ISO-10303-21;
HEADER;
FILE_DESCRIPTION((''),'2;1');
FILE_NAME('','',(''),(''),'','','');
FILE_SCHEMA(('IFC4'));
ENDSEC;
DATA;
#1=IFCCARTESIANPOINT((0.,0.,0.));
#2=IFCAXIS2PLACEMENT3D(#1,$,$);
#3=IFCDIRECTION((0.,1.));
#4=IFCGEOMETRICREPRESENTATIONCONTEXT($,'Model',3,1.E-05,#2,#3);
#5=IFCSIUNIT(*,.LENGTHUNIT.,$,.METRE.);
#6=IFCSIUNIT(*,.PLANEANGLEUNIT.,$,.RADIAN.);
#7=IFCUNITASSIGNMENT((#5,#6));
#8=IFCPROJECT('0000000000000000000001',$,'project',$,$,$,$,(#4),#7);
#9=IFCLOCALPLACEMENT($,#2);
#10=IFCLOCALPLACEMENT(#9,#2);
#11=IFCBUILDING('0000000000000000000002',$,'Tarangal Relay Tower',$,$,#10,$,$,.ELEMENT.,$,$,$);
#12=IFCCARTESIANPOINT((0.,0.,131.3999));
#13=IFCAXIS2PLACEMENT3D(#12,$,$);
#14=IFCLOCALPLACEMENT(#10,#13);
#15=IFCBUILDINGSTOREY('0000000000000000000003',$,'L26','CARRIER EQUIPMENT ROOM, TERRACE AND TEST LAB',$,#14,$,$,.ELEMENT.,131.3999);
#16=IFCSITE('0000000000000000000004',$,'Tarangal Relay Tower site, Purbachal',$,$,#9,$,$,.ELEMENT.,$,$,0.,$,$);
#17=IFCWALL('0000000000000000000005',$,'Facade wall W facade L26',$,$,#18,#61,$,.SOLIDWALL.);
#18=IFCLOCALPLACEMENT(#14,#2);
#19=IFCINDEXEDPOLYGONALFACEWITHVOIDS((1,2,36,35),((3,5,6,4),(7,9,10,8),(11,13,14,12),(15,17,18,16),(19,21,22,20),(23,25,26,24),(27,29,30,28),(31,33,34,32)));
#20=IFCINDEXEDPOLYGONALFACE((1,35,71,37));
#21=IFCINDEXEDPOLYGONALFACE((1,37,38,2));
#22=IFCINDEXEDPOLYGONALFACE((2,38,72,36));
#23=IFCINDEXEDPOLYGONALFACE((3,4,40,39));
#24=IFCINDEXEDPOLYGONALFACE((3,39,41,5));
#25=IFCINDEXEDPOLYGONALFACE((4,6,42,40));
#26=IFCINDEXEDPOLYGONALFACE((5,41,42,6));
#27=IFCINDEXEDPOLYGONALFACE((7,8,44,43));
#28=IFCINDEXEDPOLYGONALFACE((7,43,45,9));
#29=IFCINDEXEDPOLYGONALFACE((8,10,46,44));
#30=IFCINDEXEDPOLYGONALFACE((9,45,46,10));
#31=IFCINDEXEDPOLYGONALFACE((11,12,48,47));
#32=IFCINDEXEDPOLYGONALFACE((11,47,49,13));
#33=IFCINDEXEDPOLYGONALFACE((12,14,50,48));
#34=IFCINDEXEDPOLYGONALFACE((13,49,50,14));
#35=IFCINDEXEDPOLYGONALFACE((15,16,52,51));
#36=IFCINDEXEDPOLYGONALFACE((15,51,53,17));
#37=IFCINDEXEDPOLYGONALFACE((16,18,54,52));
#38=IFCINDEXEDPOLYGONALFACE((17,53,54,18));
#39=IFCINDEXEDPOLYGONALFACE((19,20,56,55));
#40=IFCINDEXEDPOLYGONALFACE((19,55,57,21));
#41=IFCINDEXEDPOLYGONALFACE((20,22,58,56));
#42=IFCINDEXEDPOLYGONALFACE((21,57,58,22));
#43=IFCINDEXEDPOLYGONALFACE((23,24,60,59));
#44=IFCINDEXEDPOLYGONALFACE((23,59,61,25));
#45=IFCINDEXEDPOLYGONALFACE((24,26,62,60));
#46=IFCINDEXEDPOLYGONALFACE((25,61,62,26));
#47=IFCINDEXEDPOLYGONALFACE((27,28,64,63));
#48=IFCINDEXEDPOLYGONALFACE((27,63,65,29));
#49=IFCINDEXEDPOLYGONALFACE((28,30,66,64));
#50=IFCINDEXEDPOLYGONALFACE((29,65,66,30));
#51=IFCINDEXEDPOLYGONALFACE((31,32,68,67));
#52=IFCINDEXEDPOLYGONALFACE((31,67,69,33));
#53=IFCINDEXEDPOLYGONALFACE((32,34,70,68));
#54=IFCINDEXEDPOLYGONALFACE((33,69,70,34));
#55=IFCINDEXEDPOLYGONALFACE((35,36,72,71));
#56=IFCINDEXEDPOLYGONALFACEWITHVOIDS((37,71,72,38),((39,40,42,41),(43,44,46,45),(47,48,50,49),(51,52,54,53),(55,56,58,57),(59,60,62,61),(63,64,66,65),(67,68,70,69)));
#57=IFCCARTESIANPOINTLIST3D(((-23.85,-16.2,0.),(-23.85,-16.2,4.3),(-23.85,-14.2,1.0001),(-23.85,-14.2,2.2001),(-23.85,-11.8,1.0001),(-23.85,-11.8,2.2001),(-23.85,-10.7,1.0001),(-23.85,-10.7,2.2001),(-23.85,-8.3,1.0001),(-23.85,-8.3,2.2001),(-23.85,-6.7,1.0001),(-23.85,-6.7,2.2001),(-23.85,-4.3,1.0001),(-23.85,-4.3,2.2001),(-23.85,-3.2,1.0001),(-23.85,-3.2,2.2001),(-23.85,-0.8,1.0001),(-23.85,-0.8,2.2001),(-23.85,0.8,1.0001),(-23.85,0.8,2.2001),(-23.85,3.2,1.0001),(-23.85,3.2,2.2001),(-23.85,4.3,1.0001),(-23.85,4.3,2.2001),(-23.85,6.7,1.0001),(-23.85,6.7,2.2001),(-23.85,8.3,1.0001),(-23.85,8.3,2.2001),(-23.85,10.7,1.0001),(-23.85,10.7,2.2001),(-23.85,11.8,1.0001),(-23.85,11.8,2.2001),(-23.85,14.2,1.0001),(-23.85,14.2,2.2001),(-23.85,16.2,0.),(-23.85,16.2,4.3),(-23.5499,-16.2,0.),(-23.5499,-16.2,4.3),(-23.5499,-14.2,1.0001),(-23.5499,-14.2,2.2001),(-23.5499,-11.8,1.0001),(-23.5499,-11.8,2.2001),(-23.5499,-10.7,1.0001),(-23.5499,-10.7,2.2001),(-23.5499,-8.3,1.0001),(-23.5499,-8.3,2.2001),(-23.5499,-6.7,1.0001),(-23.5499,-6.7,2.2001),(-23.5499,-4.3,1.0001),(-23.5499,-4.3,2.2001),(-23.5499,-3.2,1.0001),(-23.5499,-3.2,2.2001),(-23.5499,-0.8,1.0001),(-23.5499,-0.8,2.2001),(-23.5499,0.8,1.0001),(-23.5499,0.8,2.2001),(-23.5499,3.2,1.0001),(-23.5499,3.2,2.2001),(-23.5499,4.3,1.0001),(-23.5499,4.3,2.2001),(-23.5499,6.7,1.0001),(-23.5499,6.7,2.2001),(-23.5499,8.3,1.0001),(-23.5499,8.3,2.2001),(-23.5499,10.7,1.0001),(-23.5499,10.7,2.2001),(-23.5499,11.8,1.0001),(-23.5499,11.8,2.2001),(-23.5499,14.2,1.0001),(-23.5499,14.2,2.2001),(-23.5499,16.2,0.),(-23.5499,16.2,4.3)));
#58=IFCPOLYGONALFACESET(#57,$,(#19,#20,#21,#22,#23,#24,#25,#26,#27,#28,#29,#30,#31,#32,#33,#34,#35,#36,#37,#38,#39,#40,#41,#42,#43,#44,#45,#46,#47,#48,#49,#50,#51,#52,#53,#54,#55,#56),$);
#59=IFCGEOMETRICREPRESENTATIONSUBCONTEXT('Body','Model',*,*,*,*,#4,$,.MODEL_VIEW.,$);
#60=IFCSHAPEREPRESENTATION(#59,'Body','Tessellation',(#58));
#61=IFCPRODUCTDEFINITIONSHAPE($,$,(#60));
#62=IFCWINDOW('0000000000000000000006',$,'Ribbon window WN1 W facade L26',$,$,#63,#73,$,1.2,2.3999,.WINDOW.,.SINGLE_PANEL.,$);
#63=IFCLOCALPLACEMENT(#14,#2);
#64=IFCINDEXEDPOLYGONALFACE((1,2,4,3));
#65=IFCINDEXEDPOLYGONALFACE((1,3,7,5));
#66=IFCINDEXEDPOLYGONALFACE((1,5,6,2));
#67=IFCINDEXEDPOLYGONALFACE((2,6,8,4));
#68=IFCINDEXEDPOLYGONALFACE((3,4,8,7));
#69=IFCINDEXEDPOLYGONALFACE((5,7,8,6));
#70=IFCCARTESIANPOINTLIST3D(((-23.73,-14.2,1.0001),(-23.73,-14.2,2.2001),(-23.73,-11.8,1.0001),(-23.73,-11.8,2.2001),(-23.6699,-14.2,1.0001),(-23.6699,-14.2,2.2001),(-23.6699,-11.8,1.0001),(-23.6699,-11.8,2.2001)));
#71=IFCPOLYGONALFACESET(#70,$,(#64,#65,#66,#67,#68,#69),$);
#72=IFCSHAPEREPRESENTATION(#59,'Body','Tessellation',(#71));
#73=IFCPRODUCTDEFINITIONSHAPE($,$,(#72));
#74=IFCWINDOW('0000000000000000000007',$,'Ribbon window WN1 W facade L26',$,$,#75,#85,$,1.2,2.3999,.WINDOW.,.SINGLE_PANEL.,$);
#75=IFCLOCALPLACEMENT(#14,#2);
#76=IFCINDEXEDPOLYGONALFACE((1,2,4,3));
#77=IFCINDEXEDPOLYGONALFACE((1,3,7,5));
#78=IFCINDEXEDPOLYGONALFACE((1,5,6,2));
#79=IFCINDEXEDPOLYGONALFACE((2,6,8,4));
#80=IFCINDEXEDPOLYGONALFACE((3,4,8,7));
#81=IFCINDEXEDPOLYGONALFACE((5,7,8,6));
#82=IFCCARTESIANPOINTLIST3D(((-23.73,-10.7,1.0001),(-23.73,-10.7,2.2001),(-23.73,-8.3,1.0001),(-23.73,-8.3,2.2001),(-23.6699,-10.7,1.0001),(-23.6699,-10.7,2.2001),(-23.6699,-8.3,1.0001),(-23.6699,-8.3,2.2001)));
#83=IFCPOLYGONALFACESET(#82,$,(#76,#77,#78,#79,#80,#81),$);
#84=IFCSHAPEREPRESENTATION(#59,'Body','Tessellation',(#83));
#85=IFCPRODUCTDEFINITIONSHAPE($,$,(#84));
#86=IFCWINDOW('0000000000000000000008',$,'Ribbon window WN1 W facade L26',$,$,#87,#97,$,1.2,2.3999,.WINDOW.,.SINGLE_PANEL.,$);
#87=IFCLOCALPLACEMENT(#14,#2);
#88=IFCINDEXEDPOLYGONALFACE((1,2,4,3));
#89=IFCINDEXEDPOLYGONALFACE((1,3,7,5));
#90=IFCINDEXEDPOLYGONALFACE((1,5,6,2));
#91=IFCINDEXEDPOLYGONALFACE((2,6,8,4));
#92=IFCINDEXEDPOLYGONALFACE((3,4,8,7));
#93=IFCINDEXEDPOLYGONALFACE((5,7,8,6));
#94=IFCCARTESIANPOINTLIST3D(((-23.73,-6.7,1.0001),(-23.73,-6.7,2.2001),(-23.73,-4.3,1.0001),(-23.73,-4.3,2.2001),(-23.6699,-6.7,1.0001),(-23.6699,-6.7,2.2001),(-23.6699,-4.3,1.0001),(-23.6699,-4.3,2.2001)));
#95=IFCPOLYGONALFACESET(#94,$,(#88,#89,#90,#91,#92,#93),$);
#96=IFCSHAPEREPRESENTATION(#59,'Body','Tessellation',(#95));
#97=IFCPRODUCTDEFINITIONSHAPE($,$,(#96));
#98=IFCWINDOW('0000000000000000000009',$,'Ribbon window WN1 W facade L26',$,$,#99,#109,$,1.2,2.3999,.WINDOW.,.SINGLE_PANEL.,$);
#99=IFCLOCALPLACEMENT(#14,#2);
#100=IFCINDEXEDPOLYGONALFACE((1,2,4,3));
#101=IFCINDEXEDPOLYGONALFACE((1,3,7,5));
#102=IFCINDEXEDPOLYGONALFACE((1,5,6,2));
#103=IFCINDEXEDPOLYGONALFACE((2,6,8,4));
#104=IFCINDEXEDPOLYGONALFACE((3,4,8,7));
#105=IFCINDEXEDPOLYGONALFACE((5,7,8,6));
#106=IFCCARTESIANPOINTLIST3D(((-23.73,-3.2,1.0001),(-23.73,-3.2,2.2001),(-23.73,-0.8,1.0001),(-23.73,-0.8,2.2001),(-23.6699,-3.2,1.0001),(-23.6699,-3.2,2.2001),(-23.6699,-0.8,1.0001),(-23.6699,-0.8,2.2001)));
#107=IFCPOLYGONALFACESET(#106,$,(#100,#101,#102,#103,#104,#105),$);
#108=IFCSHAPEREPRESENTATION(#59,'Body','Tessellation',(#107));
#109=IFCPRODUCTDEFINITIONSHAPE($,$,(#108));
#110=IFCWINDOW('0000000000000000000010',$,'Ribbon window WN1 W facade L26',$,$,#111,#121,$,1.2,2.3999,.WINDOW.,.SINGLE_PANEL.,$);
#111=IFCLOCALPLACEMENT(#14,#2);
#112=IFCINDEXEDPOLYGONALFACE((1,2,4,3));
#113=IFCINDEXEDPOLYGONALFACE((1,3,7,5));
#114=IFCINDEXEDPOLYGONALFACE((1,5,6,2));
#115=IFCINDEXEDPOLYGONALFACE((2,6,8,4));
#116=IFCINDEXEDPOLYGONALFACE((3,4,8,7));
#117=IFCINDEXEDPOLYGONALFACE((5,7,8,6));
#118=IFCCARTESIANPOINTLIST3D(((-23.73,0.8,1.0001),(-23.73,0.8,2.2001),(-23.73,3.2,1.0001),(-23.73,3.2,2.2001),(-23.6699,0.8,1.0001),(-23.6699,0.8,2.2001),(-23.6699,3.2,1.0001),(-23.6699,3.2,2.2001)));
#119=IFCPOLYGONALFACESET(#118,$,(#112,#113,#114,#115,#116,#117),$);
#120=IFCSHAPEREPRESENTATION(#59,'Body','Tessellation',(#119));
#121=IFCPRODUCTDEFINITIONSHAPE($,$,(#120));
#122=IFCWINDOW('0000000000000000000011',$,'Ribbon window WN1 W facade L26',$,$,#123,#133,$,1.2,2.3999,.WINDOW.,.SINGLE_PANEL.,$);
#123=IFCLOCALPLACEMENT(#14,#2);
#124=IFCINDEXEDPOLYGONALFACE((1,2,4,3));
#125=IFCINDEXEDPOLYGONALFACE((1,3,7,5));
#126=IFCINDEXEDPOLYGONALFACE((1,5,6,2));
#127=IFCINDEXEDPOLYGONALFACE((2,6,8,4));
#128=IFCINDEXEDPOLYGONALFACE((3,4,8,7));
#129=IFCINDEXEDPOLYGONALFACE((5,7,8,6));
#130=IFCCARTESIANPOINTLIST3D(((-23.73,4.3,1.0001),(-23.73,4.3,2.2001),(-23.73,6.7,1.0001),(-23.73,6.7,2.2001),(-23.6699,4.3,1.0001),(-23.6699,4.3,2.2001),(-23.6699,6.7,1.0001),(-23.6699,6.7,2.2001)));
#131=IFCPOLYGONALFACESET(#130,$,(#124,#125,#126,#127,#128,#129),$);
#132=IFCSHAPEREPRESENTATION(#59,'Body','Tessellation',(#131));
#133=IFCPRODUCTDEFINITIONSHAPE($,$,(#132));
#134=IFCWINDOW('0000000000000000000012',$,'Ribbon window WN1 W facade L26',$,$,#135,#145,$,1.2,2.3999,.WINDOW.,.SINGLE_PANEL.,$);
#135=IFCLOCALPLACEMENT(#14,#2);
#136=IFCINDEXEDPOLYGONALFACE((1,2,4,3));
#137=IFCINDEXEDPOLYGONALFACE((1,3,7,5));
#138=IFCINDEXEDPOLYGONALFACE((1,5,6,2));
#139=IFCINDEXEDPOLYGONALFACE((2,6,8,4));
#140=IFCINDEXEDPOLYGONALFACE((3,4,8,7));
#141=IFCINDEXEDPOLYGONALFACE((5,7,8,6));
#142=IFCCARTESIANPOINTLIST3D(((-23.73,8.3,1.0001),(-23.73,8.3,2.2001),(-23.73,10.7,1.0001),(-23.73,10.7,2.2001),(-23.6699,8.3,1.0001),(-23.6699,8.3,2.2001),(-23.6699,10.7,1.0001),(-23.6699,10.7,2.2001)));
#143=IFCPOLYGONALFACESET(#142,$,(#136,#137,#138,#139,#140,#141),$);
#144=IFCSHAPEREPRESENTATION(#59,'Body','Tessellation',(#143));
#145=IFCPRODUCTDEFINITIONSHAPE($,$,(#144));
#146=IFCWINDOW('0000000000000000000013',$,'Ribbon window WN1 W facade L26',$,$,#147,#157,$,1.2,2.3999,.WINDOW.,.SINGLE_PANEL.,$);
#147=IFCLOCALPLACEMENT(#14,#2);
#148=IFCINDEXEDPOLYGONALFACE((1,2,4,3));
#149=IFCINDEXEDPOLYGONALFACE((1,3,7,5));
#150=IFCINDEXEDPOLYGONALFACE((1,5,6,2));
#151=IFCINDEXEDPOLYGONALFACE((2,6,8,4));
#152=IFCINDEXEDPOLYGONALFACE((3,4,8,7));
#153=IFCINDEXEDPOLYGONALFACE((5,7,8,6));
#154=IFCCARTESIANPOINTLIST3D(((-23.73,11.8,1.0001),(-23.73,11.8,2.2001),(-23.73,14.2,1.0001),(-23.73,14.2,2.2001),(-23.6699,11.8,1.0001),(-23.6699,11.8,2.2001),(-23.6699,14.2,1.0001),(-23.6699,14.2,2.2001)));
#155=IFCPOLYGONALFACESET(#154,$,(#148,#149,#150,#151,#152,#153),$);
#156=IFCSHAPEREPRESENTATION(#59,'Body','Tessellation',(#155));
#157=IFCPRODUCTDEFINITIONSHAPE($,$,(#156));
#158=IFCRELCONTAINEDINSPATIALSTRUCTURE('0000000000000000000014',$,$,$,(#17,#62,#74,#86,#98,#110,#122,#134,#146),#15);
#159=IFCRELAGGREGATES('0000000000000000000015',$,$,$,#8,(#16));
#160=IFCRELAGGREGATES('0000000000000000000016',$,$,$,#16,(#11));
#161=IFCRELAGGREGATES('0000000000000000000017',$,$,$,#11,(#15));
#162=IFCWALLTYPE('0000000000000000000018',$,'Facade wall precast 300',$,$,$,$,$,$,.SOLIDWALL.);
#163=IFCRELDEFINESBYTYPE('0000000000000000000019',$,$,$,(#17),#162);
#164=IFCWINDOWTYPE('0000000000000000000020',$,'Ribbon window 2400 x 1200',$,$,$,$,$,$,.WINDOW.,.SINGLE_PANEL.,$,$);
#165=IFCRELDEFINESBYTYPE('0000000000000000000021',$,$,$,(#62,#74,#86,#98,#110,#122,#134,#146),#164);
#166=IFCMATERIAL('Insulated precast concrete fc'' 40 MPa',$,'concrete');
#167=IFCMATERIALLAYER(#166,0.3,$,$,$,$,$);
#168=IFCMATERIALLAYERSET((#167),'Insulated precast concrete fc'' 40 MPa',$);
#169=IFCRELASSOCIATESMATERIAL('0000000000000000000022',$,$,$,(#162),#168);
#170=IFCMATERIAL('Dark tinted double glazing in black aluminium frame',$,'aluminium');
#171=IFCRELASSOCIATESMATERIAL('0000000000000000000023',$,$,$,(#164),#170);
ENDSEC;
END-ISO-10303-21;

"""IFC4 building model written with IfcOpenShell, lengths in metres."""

from ifc_helpers import new_model, si_unit, direction, frame, frame_2d, origin, place, context, subcontext, project, spatial, rectangle, extrude, material, layer, layer_set, type_object, element, fill, save


model = new_model("IFC4")

# Units and contexts
model_context = context("Model", 3, precision=1e-05, world=origin(), true_north=direction((0.0, 1.0)))
body_context = subcontext(model_context, "Body", "Model", "MODEL_VIEW")
ifc_project = project(units=[si_unit("LENGTHUNIT", "METRE"), si_unit("PLANEANGLEUNIT", "RADIAN")], contexts=[model_context])

# Site, building, storey
site_placement = place(None, origin())
site = spatial("IfcSite", under=ifc_project, at=site_placement, Name="Tarangal Relay Tower site, Purbachal", CompositionType="ELEMENT", RefElevation=0.0)
building_placement = place(site_placement, origin())
building = spatial("IfcBuilding", under=site, at=building_placement, Name="Tarangal Relay Tower", CompositionType="ELEMENT")
storey_placement = place(building_placement, frame((0.0, 0.0, 131.3999)))
storey = spatial("IfcBuildingStorey", under=building, at=storey_placement, Name="L26", Description="CARRIER EQUIPMENT ROOM, TERRACE AND TEST LAB", CompositionType="ELEMENT", Elevation=131.3999)

# Shared definitions
ifc_material_1 = material(Name="Insulated precast concrete fc' 40 MPa", Category="concrete")
ifc_layer = layer(ifc_material_1, 0.3)
ifc_layer_set = layer_set([ifc_layer], Name="Insulated precast concrete fc' 40 MPa")
wall_type = type_object("IfcWallType", Name="Facade wall precast 300", PredefinedType="SOLIDWALL", material=ifc_layer_set)

# Wall, openings, windows
wall_placement = place(storey_placement, frame((-23.7, -16.2, 0.0), z_axis=(0.0, 0.0, 1.0), x_axis=(0.0, 1.0, 0.0)))
wall = element("IfcWall", 1, at=wall_placement, inside=storey, type_object=wall_type, Name="Facade wall W facade L26", PredefinedType="SOLIDWALL", context=body_context, shape_type="SweptSolid", body=[
    extrude(rectangle(XDim=32.3999, YDim=0.3, at=frame_2d((16.2, 0.0))), origin(), (0.0, 0.0, 1.0), 4.3),
])
opening_1_placement = place(wall_placement, frame((2.0, 0.0, 1.0)))
opening_1 = element("IfcOpeningElement", 2, at=opening_1_placement, cuts=wall, PredefinedType="OPENING", context=body_context, shape_type="SweptSolid", body=[
    extrude(rectangle(XDim=2.3999, YDim=1.2, at=frame_2d((1.2, 0.6001))), frame((0.0, 0.1599, 0.0), z_axis=(0.0, -1.0, 0.0), x_axis=(1.0, 0.0, 0.0)), (0.0, 0.0, 1.0), 0.3201),
])
opening_2_placement = place(wall_placement, frame((5.5, 0.0, 1.0)))
opening_2 = element("IfcOpeningElement", 3, at=opening_2_placement, cuts=wall, PredefinedType="OPENING", context=body_context, shape_type="SweptSolid", body=[
    extrude(rectangle(XDim=2.3999, YDim=1.2, at=frame_2d((1.2, 0.6001))), frame((0.0, 0.1599, 0.0), z_axis=(0.0, -1.0, 0.0), x_axis=(1.0, 0.0, 0.0)), (0.0, 0.0, 1.0), 0.3201),
])
opening_3_placement = place(wall_placement, frame((9.5, 0.0, 1.0)))
opening_3 = element("IfcOpeningElement", 4, at=opening_3_placement, cuts=wall, PredefinedType="OPENING", context=body_context, shape_type="SweptSolid", body=[
    extrude(rectangle(XDim=2.3999, YDim=1.2, at=frame_2d((1.2, 0.6001))), frame((0.0, 0.1599, 0.0), z_axis=(0.0, -1.0, 0.0), x_axis=(1.0, 0.0, 0.0)), (0.0, 0.0, 1.0), 0.3201),
])
opening_4_placement = place(wall_placement, frame((13.0, 0.0, 1.0)))
opening_4 = element("IfcOpeningElement", 5, at=opening_4_placement, cuts=wall, PredefinedType="OPENING", context=body_context, shape_type="SweptSolid", body=[
    extrude(rectangle(XDim=2.3999, YDim=1.2, at=frame_2d((1.2, 0.6001))), frame((0.0, 0.1599, 0.0), z_axis=(0.0, -1.0, 0.0), x_axis=(1.0, 0.0, 0.0)), (0.0, 0.0, 1.0), 0.3201),
])
opening_5_placement = place(wall_placement, frame((17.0, 0.0, 1.0)))
opening_5 = element("IfcOpeningElement", 6, at=opening_5_placement, cuts=wall, PredefinedType="OPENING", context=body_context, shape_type="SweptSolid", body=[
    extrude(rectangle(XDim=2.3999, YDim=1.2, at=frame_2d((1.2, 0.6001))), frame((0.0, 0.1599, 0.0), z_axis=(0.0, -1.0, 0.0), x_axis=(1.0, 0.0, 0.0)), (0.0, 0.0, 1.0), 0.3201),
])
opening_6_placement = place(wall_placement, frame((20.5, 0.0, 1.0)))
opening_6 = element("IfcOpeningElement", 7, at=opening_6_placement, cuts=wall, PredefinedType="OPENING", context=body_context, shape_type="SweptSolid", body=[
    extrude(rectangle(XDim=2.3999, YDim=1.2, at=frame_2d((1.2, 0.6001))), frame((0.0, 0.1599, 0.0), z_axis=(0.0, -1.0, 0.0), x_axis=(1.0, 0.0, 0.0)), (0.0, 0.0, 1.0), 0.3201),
])
opening_7_placement = place(wall_placement, frame((24.5, 0.0, 1.0)))
opening_7 = element("IfcOpeningElement", 8, at=opening_7_placement, cuts=wall, PredefinedType="OPENING", context=body_context, shape_type="SweptSolid", body=[
    extrude(rectangle(XDim=2.3999, YDim=1.2, at=frame_2d((1.2, 0.6001))), frame((0.0, 0.1599, 0.0), z_axis=(0.0, -1.0, 0.0), x_axis=(1.0, 0.0, 0.0)), (0.0, 0.0, 1.0), 0.3201),
])
opening_8_placement = place(wall_placement, frame((28.0, 0.0, 1.0)))
opening_8 = element("IfcOpeningElement", 9, at=opening_8_placement, cuts=wall, PredefinedType="OPENING", context=body_context, shape_type="SweptSolid", body=[
    extrude(rectangle(XDim=2.3999, YDim=1.2, at=frame_2d((1.2, 0.6001))), frame((0.0, 0.1599, 0.0), z_axis=(0.0, -1.0, 0.0), x_axis=(1.0, 0.0, 0.0)), (0.0, 0.0, 1.0), 0.3201),
])
ifc_material_2 = material(Name="Dark tinted double glazing in black aluminium frame", Category="aluminium")
window_type = type_object("IfcWindowType", Name="Ribbon window 2400 x 1200", PartitioningType="SINGLE_PANEL", PredefinedType="WINDOW", material=ifc_material_2)
window_1_placement = place(opening_1_placement, origin())
window_1 = element("IfcWindow", 10, at=window_1_placement, inside=storey, type_object=window_type, Name="Ribbon window WN1 W facade L26", OverallHeight=1.2, OverallWidth=2.3999, PartitioningType="SINGLE_PANEL", PredefinedType="WINDOW", context=body_context, shape_type="SweptSolid", body=[
    extrude(rectangle(XDim=2.3999, YDim=1.2, at=frame_2d((1.2, 0.6001))), frame((0.0, 0.03, 0.0), z_axis=(0.0, -1.0, 0.0), x_axis=(1.0, 0.0, 0.0)), (0.0, 0.0, 1.0), 0.0601),
])
fill(opening_1, window_1)
window_2_placement = place(opening_2_placement, origin())
window_2 = element("IfcWindow", 11, at=window_2_placement, inside=storey, type_object=window_type, Name="Ribbon window WN1 W facade L26", OverallHeight=1.2, OverallWidth=2.3999, PartitioningType="SINGLE_PANEL", PredefinedType="WINDOW", context=body_context, shape_type="SweptSolid", body=[
    extrude(rectangle(XDim=2.3999, YDim=1.2, at=frame_2d((1.2, 0.6001))), frame((0.0, 0.03, 0.0), z_axis=(0.0, -1.0, 0.0), x_axis=(1.0, 0.0, 0.0)), (0.0, 0.0, 1.0), 0.0601),
])
fill(opening_2, window_2)
window_3_placement = place(opening_3_placement, origin())
window_3 = element("IfcWindow", 12, at=window_3_placement, inside=storey, type_object=window_type, Name="Ribbon window WN1 W facade L26", OverallHeight=1.2, OverallWidth=2.3999, PartitioningType="SINGLE_PANEL", PredefinedType="WINDOW", context=body_context, shape_type="SweptSolid", body=[
    extrude(rectangle(XDim=2.3999, YDim=1.2, at=frame_2d((1.2, 0.6001))), frame((0.0, 0.03, 0.0), z_axis=(0.0, -1.0, 0.0), x_axis=(1.0, 0.0, 0.0)), (0.0, 0.0, 1.0), 0.0601),
])
fill(opening_3, window_3)
window_4_placement = place(opening_4_placement, origin())
window_4 = element("IfcWindow", 13, at=window_4_placement, inside=storey, type_object=window_type, Name="Ribbon window WN1 W facade L26", OverallHeight=1.2, OverallWidth=2.3999, PartitioningType="SINGLE_PANEL", PredefinedType="WINDOW", context=body_context, shape_type="SweptSolid", body=[
    extrude(rectangle(XDim=2.3999, YDim=1.2, at=frame_2d((1.2, 0.6001))), frame((0.0, 0.03, 0.0), z_axis=(0.0, -1.0, 0.0), x_axis=(1.0, 0.0, 0.0)), (0.0, 0.0, 1.0), 0.0601),
])
fill(opening_4, window_4)
window_5_placement = place(opening_5_placement, origin())
window_5 = element("IfcWindow", 14, at=window_5_placement, inside=storey, type_object=window_type, Name="Ribbon window WN1 W facade L26", OverallHeight=1.2, OverallWidth=2.3999, PartitioningType="SINGLE_PANEL", PredefinedType="WINDOW", context=body_context, shape_type="SweptSolid", body=[
    extrude(rectangle(XDim=2.3999, YDim=1.2, at=frame_2d((1.2, 0.6001))), frame((0.0, 0.03, 0.0), z_axis=(0.0, -1.0, 0.0), x_axis=(1.0, 0.0, 0.0)), (0.0, 0.0, 1.0), 0.0601),
])
fill(opening_5, window_5)
window_6_placement = place(opening_6_placement, origin())
window_6 = element("IfcWindow", 15, at=window_6_placement, inside=storey, type_object=window_type, Name="Ribbon window WN1 W facade L26", OverallHeight=1.2, OverallWidth=2.3999, PartitioningType="SINGLE_PANEL", PredefinedType="WINDOW", context=body_context, shape_type="SweptSolid", body=[
    extrude(rectangle(XDim=2.3999, YDim=1.2, at=frame_2d((1.2, 0.6001))), frame((0.0, 0.03, 0.0), z_axis=(0.0, -1.0, 0.0), x_axis=(1.0, 0.0, 0.0)), (0.0, 0.0, 1.0), 0.0601),
])
fill(opening_6, window_6)
window_7_placement = place(opening_7_placement, origin())
window_7 = element("IfcWindow", 16, at=window_7_placement, inside=storey, type_object=window_type, Name="Ribbon window WN1 W facade L26", OverallHeight=1.2, OverallWidth=2.3999, PartitioningType="SINGLE_PANEL", PredefinedType="WINDOW", context=body_context, shape_type="SweptSolid", body=[
    extrude(rectangle(XDim=2.3999, YDim=1.2, at=frame_2d((1.2, 0.6001))), frame((0.0, 0.03, 0.0), z_axis=(0.0, -1.0, 0.0), x_axis=(1.0, 0.0, 0.0)), (0.0, 0.0, 1.0), 0.0601),
])
fill(opening_7, window_7)
window_8_placement = place(opening_8_placement, origin())
window_8 = element("IfcWindow", 17, at=window_8_placement, inside=storey, type_object=window_type, Name="Ribbon window WN1 W facade L26", OverallHeight=1.2, OverallWidth=2.3999, PartitioningType="SINGLE_PANEL", PredefinedType="WINDOW", context=body_context, shape_type="SweptSolid", body=[
    extrude(rectangle(XDim=2.3999, YDim=1.2, at=frame_2d((1.2, 0.6001))), frame((0.0, 0.03, 0.0), z_axis=(0.0, -1.0, 0.0), x_axis=(1.0, 0.0, 0.0)), (0.0, 0.0, 1.0), 0.0601),
])
fill(opening_8, window_8)

save(model, "model.ifc")
